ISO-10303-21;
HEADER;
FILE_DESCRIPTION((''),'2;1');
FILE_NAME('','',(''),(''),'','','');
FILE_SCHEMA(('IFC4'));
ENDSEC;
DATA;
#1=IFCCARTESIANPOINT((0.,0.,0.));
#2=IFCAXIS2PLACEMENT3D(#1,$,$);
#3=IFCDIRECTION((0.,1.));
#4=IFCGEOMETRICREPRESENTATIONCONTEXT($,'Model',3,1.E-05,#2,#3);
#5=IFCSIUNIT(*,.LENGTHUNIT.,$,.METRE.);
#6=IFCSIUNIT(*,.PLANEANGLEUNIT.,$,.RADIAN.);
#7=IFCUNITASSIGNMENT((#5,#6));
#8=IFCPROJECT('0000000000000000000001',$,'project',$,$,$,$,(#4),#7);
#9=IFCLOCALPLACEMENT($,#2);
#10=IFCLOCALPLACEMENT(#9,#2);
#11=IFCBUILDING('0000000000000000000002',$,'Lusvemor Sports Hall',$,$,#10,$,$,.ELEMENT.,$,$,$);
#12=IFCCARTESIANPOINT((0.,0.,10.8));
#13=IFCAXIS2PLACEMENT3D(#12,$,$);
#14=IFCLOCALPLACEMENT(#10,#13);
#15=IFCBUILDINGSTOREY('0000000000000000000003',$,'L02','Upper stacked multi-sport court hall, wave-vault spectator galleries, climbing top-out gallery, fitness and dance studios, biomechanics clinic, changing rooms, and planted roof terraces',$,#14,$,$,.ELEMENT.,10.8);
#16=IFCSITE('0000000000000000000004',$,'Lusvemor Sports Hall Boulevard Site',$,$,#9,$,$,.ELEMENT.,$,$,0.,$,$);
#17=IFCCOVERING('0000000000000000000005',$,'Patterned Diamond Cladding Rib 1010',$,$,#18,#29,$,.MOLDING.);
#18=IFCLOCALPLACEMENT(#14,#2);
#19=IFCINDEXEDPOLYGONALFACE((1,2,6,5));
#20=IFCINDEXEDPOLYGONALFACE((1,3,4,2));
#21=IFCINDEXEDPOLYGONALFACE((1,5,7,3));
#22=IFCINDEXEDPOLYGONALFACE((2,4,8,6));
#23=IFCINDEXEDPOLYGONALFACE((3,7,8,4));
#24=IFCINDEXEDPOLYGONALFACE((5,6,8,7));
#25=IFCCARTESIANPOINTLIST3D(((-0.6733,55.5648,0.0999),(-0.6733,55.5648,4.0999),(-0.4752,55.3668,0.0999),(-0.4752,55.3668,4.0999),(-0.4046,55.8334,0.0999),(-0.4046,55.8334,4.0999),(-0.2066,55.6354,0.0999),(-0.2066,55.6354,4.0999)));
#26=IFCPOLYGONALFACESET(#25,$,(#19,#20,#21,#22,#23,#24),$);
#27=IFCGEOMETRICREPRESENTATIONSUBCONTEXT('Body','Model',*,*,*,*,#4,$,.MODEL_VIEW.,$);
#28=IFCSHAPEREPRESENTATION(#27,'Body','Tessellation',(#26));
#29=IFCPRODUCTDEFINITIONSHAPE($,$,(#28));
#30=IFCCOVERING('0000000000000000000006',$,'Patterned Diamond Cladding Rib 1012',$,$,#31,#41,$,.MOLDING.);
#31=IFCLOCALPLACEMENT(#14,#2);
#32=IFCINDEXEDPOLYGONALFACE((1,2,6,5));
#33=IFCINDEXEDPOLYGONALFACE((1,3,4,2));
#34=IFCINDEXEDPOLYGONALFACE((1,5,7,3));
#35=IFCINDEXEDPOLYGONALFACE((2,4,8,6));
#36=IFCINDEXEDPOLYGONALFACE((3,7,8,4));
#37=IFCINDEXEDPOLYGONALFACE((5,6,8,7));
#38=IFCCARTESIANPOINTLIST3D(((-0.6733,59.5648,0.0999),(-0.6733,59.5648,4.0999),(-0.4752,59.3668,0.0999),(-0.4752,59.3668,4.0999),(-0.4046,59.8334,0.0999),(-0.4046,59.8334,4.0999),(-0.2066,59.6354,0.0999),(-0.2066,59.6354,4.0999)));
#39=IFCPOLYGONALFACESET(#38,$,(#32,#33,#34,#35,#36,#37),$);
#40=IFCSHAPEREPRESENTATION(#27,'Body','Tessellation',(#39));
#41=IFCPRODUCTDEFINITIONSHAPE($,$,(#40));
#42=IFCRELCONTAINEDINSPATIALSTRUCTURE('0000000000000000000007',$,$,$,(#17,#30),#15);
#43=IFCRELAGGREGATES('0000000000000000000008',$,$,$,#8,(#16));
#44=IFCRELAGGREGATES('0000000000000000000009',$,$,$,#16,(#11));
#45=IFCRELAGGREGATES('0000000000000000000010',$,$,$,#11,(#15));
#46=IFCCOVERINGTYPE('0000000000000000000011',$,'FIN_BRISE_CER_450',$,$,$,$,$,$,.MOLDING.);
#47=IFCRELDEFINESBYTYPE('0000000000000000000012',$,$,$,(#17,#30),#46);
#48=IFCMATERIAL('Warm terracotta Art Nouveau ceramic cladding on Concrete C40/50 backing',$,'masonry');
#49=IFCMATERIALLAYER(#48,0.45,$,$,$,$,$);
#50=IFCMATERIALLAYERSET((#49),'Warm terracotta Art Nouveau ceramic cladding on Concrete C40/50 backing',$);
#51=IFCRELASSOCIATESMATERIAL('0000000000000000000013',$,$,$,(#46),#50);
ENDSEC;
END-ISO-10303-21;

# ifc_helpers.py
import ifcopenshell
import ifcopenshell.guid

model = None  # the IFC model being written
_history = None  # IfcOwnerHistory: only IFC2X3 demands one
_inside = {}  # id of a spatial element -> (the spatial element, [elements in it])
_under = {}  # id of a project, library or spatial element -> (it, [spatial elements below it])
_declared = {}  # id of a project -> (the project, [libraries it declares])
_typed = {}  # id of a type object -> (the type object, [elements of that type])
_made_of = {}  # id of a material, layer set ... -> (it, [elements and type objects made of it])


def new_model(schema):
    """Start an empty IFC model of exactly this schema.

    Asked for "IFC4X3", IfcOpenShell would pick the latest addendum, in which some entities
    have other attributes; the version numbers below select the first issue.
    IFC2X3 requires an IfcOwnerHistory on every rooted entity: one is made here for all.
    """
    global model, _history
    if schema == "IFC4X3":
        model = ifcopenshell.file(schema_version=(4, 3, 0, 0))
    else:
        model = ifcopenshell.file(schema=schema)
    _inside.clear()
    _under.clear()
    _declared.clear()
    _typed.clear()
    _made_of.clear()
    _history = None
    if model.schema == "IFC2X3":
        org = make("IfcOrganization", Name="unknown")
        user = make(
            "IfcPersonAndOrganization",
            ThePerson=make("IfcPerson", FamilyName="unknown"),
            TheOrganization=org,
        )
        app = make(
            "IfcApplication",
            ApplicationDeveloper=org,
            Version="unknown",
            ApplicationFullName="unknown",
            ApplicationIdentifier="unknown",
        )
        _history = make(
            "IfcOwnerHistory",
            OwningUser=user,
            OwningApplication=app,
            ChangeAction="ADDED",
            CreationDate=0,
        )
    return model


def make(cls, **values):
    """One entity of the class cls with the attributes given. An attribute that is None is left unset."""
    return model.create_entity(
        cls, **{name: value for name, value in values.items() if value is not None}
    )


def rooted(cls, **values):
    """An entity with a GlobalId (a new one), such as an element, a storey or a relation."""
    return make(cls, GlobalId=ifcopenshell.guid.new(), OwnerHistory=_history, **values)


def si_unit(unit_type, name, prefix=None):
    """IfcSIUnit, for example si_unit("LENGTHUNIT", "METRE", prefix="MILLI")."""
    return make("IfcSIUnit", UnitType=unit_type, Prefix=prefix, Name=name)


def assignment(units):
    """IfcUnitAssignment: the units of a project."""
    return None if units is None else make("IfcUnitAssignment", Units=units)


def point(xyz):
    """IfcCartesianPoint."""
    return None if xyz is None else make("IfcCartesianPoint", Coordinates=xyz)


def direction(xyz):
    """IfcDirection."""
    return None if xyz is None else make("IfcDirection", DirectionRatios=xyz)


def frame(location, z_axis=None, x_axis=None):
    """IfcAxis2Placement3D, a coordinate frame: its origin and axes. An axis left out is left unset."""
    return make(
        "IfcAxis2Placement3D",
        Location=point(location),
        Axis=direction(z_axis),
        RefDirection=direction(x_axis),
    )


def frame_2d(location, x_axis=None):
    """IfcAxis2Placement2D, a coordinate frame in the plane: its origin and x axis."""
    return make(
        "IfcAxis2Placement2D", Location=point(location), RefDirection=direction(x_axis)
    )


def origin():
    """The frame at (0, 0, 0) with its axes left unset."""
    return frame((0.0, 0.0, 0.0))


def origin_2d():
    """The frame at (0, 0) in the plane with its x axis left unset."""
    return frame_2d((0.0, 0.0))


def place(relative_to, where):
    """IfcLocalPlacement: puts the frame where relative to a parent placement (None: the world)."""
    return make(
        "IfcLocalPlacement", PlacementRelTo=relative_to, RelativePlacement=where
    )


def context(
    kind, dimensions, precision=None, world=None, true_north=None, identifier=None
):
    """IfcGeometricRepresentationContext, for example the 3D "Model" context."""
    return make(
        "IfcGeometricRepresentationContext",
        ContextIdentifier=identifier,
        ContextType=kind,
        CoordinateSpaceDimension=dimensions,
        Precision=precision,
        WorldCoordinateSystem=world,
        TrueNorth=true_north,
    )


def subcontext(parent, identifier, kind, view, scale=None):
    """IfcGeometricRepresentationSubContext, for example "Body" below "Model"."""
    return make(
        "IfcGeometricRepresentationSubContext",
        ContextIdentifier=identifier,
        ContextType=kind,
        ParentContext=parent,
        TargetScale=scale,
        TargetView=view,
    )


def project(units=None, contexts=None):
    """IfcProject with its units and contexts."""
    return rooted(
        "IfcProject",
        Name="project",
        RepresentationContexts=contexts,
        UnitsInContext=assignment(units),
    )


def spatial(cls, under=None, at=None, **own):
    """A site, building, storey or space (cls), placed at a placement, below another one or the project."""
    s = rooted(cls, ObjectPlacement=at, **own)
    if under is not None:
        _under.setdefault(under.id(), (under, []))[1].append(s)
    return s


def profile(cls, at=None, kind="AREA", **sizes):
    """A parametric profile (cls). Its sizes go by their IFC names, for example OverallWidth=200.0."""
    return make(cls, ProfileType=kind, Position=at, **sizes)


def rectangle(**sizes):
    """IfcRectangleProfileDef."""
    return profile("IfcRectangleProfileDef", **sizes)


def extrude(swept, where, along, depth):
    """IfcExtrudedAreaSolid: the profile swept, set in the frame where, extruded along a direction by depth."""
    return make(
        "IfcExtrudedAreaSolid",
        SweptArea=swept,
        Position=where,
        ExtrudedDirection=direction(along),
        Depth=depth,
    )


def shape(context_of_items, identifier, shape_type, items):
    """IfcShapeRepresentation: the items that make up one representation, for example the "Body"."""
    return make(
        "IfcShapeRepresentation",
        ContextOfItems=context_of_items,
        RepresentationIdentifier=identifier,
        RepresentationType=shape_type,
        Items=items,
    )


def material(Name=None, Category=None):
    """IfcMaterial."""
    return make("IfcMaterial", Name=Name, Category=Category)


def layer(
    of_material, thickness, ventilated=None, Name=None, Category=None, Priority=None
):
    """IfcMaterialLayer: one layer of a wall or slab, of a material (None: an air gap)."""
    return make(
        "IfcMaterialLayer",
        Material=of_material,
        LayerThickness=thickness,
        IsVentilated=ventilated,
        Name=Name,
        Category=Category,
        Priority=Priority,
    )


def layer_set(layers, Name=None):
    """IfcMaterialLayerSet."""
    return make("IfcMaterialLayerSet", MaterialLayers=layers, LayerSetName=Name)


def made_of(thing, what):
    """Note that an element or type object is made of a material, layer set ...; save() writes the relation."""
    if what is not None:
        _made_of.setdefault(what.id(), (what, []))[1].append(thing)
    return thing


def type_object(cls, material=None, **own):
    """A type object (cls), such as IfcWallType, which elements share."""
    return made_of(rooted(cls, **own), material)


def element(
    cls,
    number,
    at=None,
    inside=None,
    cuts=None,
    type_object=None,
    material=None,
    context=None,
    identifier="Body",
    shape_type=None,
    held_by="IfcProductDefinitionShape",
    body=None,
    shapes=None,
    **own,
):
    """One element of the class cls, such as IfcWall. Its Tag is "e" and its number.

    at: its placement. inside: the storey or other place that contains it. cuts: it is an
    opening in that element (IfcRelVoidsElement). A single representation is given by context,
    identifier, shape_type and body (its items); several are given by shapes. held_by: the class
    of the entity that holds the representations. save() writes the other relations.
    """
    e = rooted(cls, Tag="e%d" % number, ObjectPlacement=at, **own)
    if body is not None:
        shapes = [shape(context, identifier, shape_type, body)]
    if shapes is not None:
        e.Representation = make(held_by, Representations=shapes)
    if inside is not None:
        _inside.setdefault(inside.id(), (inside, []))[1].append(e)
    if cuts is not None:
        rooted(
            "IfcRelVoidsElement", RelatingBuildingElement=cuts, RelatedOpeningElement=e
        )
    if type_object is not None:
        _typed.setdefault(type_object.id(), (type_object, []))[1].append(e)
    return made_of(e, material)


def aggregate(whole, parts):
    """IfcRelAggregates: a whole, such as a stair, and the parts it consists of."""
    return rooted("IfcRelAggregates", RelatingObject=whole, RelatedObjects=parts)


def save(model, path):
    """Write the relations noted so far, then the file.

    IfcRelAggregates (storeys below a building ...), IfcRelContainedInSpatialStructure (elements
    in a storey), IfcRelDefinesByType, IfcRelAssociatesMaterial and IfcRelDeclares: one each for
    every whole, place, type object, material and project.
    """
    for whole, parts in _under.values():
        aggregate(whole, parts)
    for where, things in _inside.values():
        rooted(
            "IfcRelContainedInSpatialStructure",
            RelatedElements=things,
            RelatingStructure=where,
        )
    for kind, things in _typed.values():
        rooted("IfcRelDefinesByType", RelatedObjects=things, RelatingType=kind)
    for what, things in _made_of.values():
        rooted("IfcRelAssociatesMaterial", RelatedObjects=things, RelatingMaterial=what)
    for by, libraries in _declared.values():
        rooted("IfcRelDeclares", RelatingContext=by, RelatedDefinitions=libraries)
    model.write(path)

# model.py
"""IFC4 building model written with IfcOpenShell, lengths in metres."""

from ifc_helpers import new_model, si_unit, direction, frame, origin, origin_2d, place, context, subcontext, project, spatial, rectangle, extrude, material, layer, layer_set, type_object, element, save


model = new_model("IFC4")

# Units and contexts
model_context = context("Model", 3, precision=1e-05, world=origin(), true_north=direction((0.0, 1.0)))
body_context = subcontext(model_context, "Body", "Model", "MODEL_VIEW")
ifc_project = project(units=[si_unit("LENGTHUNIT", "METRE"), si_unit("PLANEANGLEUNIT", "RADIAN")], contexts=[model_context])

# Site, building, storey
site_placement = place(None, origin())
site = spatial("IfcSite", under=ifc_project, at=site_placement, Name="Lusvemor Sports Hall Boulevard Site", CompositionType="ELEMENT", RefElevation=0.0)
building_placement = place(site_placement, origin())
building = spatial("IfcBuilding", under=site, at=building_placement, Name="Lusvemor Sports Hall", CompositionType="ELEMENT")
storey_placement = place(building_placement, frame((0.0, 0.0, 10.8)))
storey = spatial("IfcBuildingStorey", under=building, at=storey_placement, Name="L02", Description="Upper stacked multi-sport court hall, wave-vault spectator galleries, climbing top-out gallery, fitness and dance studios, biomechanics clinic, changing rooms, and planted roof terraces", CompositionType="ELEMENT", Elevation=10.8)

# Coverings
ifc_material_1 = material(Name="Warm terracotta Art Nouveau ceramic cladding on Concrete C40/50 backing", Category="masonry")
ifc_layer_1 = layer(ifc_material_1, 0.45)
ifc_layer_set_1 = layer_set([ifc_layer_1], Name="Warm terracotta Art Nouveau ceramic cladding on Concrete C40/50 backing")
covering_type_1 = type_object("IfcCoveringType", Name="FIN_BRISE_CER_450", PredefinedType="MOLDING", material=ifc_layer_set_1)
for number, where, z_axis, x_axis, name in (
    (1, (-0.4399, 55.6001, 0.0999), (0.0, 0.0, 1.0), (0.707107, 0.707107, 0.0), "Patterned Diamond Cladding Rib 1010"),
    (2, (-0.4399, 59.6001, 0.0999), (0.0, 0.0, 1.0), (0.707107, 0.707107, 0.0), "Patterned Diamond Cladding Rib 1012"),
):
    element("IfcCovering", number, at=place(storey_placement, frame(where, z_axis=z_axis, x_axis=x_axis)), inside=storey, type_object=covering_type_1, Name=name, PredefinedType="MOLDING", context=body_context, shape_type="SweptSolid", body=[
        extrude(rectangle(XDim=0.3799, YDim=0.28, at=origin_2d()), origin(), (0.0, 0.0, 1.0), 4.0),
    ])

save(model, "model.ifc")
